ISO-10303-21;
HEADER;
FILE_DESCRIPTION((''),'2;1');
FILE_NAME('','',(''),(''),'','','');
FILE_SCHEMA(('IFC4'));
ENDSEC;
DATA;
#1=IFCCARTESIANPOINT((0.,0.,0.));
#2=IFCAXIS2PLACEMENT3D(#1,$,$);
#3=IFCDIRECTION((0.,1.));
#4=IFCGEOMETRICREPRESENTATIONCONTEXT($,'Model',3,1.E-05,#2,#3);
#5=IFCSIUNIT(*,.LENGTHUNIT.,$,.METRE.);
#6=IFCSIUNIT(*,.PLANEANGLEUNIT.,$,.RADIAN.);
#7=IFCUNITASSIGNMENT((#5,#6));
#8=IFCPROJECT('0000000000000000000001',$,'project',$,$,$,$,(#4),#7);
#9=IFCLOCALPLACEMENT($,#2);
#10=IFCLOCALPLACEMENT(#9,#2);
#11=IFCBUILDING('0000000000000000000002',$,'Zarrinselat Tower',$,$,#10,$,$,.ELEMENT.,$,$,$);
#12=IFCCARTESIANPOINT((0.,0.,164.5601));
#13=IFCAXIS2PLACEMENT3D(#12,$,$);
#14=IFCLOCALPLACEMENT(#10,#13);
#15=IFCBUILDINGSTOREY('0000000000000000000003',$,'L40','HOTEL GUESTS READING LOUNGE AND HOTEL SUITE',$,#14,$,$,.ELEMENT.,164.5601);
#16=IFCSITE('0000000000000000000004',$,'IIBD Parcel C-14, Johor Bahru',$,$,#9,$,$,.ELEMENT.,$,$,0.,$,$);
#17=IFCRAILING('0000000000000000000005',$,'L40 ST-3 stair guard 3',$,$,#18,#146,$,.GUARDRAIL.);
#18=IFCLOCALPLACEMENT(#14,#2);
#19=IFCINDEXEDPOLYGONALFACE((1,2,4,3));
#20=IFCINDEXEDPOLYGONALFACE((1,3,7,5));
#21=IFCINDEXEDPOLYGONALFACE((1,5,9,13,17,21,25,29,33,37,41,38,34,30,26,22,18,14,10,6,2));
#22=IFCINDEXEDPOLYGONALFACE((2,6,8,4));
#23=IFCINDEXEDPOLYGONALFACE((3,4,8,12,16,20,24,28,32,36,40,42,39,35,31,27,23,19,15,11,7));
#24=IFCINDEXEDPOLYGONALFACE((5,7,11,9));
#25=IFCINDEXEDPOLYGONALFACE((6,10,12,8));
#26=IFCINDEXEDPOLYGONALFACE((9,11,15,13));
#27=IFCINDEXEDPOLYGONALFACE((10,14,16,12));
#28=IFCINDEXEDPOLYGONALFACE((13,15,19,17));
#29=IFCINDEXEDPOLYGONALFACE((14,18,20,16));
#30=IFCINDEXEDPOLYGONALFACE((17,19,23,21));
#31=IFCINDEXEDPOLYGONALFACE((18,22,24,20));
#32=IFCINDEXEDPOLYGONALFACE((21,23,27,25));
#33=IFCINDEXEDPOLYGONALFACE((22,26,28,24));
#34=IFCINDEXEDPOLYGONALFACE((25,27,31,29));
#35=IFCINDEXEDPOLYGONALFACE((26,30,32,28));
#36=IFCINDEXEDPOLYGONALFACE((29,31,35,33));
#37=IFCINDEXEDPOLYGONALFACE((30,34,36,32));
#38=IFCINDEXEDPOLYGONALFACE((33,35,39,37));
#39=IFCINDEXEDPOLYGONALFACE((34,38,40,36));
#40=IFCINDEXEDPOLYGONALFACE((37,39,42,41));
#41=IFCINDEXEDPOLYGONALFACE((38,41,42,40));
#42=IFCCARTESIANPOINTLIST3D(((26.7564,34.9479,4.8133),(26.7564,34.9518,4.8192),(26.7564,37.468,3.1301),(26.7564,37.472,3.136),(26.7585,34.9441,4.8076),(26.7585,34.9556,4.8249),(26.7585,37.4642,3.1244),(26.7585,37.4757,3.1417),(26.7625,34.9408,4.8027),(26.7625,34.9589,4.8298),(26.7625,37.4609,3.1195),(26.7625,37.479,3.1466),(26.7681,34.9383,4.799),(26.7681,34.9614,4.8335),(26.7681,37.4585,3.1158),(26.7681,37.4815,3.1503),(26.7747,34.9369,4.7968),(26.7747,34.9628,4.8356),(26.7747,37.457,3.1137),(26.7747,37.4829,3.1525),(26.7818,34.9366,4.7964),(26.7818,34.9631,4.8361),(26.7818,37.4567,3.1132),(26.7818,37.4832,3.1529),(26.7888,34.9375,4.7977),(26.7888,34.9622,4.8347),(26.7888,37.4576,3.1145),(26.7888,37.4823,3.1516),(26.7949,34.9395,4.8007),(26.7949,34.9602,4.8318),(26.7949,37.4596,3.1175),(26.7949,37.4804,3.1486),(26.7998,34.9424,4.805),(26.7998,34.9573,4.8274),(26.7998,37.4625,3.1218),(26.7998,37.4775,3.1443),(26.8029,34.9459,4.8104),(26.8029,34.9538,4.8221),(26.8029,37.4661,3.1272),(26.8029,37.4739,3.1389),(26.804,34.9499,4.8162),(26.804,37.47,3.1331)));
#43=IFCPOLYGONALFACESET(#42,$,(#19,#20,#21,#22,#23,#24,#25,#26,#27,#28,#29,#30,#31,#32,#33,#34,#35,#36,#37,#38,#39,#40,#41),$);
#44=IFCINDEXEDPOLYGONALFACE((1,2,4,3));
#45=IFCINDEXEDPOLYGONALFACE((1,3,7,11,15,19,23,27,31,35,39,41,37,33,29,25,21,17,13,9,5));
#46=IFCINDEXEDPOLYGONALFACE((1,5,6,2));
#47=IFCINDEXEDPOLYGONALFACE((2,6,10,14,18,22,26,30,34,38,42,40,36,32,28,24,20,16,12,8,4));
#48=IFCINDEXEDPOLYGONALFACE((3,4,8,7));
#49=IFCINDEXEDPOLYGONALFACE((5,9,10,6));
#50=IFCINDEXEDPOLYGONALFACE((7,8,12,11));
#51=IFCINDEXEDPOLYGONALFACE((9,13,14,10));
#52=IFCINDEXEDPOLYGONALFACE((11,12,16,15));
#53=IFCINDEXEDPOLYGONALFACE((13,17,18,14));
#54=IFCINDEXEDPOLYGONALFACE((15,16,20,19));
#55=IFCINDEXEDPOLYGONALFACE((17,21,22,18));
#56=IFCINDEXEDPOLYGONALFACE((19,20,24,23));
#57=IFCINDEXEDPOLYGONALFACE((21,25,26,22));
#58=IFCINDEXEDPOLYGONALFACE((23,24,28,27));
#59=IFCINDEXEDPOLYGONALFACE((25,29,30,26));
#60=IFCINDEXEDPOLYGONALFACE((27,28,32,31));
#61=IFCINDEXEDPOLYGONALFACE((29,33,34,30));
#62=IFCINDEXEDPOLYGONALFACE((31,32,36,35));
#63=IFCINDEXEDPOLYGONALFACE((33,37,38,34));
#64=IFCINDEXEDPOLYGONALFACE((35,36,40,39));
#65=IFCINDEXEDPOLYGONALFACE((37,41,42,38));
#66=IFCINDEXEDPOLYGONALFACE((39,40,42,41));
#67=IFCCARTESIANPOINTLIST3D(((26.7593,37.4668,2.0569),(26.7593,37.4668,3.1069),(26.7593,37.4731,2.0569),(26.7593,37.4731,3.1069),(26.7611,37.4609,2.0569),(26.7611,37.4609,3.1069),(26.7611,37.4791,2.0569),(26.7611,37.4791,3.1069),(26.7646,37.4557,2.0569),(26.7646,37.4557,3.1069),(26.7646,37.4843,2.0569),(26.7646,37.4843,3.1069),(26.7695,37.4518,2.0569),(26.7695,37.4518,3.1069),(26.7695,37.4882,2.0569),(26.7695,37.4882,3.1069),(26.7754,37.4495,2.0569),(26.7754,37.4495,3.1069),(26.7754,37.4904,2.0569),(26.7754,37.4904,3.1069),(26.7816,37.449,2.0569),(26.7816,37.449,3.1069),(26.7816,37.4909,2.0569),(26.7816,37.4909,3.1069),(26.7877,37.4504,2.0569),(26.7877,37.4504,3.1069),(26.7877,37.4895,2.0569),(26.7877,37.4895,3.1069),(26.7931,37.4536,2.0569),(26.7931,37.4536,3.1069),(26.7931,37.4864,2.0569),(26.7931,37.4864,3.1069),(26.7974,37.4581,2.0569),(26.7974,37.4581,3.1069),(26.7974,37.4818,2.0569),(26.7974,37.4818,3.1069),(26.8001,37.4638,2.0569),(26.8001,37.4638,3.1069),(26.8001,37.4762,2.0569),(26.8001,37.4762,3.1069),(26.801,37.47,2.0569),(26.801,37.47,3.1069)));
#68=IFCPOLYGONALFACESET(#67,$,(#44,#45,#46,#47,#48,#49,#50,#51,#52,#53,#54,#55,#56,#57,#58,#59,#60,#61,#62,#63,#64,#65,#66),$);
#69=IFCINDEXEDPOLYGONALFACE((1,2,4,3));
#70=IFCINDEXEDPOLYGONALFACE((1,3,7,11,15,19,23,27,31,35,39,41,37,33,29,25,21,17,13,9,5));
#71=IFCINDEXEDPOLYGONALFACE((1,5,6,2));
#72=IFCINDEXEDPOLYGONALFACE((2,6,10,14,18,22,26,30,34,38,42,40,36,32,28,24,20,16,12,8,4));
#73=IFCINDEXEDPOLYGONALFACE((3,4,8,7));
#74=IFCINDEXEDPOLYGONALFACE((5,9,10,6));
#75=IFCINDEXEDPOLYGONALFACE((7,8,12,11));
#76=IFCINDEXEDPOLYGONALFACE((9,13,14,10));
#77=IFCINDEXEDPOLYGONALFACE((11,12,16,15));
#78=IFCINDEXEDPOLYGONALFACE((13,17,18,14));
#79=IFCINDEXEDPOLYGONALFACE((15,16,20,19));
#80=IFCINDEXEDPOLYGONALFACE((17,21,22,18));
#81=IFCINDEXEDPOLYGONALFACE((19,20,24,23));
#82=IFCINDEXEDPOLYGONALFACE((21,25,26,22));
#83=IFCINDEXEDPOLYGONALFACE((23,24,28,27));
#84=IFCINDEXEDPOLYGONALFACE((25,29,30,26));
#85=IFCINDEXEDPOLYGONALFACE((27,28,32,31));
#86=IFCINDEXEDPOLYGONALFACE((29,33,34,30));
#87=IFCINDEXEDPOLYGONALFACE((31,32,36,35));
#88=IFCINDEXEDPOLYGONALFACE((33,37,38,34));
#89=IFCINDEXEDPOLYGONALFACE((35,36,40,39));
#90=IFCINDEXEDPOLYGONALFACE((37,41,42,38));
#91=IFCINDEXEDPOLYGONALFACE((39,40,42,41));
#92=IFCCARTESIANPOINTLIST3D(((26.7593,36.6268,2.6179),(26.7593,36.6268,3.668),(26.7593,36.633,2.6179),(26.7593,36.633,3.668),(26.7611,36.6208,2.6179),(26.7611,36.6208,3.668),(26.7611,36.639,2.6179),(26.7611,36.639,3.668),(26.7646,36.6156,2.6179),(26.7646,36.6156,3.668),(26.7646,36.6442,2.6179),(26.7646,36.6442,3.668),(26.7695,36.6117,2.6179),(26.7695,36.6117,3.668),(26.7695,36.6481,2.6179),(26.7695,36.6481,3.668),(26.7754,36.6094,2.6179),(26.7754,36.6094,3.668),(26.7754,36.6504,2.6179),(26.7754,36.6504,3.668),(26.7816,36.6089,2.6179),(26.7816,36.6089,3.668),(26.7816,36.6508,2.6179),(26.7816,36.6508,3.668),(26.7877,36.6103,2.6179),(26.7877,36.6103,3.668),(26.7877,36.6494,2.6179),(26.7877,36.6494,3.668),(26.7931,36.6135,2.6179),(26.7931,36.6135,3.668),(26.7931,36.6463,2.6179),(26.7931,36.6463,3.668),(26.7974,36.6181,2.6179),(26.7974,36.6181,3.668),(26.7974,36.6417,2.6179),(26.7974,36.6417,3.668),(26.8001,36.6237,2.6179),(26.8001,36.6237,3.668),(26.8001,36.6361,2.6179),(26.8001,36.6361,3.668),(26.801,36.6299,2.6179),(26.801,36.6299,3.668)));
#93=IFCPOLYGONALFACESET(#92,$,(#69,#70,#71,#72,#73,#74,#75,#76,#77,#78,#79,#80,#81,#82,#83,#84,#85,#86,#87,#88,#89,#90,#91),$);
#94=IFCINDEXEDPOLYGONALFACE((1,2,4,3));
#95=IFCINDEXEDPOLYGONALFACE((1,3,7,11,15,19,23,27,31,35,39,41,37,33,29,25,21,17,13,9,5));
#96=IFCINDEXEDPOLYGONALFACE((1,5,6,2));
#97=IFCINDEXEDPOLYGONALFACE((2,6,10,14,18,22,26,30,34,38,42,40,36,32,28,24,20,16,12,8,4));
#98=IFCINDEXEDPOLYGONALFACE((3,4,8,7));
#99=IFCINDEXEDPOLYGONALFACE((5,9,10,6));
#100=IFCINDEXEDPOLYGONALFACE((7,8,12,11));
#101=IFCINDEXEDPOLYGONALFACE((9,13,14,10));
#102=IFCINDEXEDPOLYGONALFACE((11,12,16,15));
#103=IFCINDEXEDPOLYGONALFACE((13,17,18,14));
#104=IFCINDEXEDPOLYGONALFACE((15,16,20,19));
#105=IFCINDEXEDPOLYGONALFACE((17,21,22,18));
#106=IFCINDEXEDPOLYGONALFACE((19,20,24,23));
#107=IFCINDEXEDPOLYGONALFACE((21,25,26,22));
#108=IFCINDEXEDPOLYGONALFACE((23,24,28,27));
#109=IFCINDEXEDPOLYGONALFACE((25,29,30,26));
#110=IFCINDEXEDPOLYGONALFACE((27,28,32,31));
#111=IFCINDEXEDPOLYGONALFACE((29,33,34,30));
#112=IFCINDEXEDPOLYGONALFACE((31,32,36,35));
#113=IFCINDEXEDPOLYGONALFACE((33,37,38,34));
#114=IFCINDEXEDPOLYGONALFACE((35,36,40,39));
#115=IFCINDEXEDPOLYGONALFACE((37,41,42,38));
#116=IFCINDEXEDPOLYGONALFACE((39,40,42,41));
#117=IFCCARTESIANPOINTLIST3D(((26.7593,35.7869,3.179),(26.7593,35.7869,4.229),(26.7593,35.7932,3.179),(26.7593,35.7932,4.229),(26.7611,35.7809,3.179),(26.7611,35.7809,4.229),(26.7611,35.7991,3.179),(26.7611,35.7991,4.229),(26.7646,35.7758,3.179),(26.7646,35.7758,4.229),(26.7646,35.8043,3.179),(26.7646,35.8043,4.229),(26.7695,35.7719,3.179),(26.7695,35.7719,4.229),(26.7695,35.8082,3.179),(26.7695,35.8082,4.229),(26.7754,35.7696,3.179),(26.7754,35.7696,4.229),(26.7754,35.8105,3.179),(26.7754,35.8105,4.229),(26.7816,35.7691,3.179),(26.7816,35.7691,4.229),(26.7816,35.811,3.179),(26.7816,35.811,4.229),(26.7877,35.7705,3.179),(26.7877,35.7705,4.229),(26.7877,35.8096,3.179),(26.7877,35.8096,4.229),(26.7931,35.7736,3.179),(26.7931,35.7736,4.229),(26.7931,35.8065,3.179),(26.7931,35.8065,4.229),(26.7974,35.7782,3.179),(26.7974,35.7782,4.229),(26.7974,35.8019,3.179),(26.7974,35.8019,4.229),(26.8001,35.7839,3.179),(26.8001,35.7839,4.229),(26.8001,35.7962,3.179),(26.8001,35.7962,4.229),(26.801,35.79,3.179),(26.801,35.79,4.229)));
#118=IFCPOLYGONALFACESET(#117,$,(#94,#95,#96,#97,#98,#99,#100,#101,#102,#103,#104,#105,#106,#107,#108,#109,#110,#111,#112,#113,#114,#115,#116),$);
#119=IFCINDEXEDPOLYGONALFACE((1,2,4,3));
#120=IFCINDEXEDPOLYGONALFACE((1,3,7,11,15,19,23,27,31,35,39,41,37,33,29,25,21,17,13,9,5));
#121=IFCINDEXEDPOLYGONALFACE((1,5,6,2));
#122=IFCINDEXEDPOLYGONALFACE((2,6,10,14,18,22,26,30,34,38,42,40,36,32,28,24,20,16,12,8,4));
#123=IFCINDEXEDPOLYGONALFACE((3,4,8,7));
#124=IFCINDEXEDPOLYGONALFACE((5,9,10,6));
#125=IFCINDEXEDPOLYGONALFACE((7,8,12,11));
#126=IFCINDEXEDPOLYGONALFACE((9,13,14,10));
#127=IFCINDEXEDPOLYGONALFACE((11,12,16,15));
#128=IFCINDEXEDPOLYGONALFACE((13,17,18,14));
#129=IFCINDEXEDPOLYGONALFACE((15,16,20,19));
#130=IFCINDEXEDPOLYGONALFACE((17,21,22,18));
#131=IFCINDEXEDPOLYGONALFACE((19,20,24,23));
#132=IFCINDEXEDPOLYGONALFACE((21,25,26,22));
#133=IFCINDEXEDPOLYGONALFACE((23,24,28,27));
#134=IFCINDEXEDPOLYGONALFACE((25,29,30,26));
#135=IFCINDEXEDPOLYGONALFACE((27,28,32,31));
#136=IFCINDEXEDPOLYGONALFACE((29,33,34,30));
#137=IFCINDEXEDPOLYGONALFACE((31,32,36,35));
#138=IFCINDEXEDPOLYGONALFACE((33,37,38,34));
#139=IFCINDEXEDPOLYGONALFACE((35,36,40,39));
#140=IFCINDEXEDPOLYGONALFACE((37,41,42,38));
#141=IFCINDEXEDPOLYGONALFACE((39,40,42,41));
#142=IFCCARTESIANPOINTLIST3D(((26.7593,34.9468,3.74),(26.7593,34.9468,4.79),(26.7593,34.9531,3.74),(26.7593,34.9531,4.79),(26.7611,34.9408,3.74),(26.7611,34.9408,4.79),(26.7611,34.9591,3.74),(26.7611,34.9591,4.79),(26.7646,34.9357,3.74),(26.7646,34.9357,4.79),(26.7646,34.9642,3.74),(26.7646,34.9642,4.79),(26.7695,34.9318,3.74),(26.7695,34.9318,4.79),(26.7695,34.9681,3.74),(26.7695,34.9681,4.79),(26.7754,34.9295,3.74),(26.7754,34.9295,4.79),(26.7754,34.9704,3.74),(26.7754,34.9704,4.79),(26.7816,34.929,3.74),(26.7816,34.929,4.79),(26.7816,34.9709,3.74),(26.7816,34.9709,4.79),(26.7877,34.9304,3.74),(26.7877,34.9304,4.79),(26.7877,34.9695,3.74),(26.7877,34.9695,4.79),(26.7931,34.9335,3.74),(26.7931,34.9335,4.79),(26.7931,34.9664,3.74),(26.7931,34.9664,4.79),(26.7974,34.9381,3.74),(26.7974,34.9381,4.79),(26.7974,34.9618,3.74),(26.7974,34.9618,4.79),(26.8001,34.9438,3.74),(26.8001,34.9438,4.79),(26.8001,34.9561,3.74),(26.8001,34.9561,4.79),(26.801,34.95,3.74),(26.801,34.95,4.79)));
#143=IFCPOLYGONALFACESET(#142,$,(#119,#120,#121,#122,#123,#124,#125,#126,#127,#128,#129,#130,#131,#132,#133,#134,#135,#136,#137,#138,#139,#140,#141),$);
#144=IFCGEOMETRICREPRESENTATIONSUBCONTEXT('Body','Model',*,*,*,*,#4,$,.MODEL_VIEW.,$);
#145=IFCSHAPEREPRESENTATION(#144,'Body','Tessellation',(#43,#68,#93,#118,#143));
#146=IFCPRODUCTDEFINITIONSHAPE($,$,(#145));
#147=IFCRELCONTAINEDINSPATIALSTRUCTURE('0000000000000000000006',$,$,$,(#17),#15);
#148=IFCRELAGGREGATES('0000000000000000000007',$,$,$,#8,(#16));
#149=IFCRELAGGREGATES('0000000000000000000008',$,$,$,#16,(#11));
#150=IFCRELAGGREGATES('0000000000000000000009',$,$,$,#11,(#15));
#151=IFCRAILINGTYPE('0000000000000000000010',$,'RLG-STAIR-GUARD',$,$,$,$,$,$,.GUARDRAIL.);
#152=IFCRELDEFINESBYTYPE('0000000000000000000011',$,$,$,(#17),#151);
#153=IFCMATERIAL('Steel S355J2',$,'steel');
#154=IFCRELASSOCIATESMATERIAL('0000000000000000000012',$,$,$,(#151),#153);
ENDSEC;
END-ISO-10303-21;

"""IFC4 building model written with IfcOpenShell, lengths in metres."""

from ifc_helpers import new_model, si_unit, direction, frame, origin, origin_2d, place, context, subcontext, project, spatial, circle, extrude, material, type_object, element, save


model = new_model("IFC4")

# Units and contexts
model_context = context("Model", 3, precision=1e-05, world=origin(), true_north=direction((0.0, 1.0)))
body_context = subcontext(model_context, "Body", "Model", "MODEL_VIEW")
ifc_project = project(units=[si_unit("LENGTHUNIT", "METRE"), si_unit("PLANEANGLEUNIT", "RADIAN")], contexts=[model_context])

# Site, building, storey
site_placement = place(None, origin())
site = spatial("IfcSite", under=ifc_project, at=site_placement, Name="IIBD Parcel C-14, Johor Bahru", CompositionType="ELEMENT", RefElevation=0.0)
building_placement = place(site_placement, origin())
building = spatial("IfcBuilding", under=site, at=building_placement, Name="Zarrinselat Tower", CompositionType="ELEMENT")
storey_placement = place(building_placement, frame((0.0, 0.0, 164.5601)))
storey = spatial("IfcBuildingStorey", under=building, at=storey_placement, Name="L40", Description="HOTEL GUESTS READING LOUNGE AND HOTEL SUITE", CompositionType="ELEMENT", Elevation=164.5601)

# Railing
ifc_material_1 = material(Name="Steel S355J2", Category="steel")
railing_type_1 = type_object("IfcRailingType", Name="RLG-STAIR-GUARD", PredefinedType="GUARDRAIL", material=ifc_material_1)
railing_1_placement = place(storey_placement, frame((26.78, 37.47, 2.0569)))
element("IfcRailing", 1, at=railing_1_placement, inside=storey, type_object=railing_type_1, Name="L40 ST-3 stair guard 3", PredefinedType="GUARDRAIL", context=body_context, shape_type="SweptSolid", body=[
    extrude(circle(Radius=0.0239, at=origin_2d()), frame((0.0, 0.0, 1.0762), z_axis=(0.0, -0.831579, 0.555406), x_axis=(1.0, 0.0, 0.0)), (0.0, 0.0, 1.0), 3.0305),
    extrude(circle(Radius=0.021, at=origin_2d()), origin(), (0.0, 0.0, 1.0), 1.05),
    extrude(circle(Radius=0.021, at=origin_2d()), frame((0.0, -0.8401, 0.561)), (0.0, 0.0, 1.0), 1.05),
    extrude(circle(Radius=0.021, at=origin_2d()), frame((0.0, -1.6799, 1.1221)), (0.0, 0.0, 1.0), 1.05),
    extrude(circle(Radius=0.021, at=origin_2d()), frame((0.0, -2.52, 1.6831)), (0.0, 0.0, 1.0), 1.05),
])

save(model, "model.ifc")
